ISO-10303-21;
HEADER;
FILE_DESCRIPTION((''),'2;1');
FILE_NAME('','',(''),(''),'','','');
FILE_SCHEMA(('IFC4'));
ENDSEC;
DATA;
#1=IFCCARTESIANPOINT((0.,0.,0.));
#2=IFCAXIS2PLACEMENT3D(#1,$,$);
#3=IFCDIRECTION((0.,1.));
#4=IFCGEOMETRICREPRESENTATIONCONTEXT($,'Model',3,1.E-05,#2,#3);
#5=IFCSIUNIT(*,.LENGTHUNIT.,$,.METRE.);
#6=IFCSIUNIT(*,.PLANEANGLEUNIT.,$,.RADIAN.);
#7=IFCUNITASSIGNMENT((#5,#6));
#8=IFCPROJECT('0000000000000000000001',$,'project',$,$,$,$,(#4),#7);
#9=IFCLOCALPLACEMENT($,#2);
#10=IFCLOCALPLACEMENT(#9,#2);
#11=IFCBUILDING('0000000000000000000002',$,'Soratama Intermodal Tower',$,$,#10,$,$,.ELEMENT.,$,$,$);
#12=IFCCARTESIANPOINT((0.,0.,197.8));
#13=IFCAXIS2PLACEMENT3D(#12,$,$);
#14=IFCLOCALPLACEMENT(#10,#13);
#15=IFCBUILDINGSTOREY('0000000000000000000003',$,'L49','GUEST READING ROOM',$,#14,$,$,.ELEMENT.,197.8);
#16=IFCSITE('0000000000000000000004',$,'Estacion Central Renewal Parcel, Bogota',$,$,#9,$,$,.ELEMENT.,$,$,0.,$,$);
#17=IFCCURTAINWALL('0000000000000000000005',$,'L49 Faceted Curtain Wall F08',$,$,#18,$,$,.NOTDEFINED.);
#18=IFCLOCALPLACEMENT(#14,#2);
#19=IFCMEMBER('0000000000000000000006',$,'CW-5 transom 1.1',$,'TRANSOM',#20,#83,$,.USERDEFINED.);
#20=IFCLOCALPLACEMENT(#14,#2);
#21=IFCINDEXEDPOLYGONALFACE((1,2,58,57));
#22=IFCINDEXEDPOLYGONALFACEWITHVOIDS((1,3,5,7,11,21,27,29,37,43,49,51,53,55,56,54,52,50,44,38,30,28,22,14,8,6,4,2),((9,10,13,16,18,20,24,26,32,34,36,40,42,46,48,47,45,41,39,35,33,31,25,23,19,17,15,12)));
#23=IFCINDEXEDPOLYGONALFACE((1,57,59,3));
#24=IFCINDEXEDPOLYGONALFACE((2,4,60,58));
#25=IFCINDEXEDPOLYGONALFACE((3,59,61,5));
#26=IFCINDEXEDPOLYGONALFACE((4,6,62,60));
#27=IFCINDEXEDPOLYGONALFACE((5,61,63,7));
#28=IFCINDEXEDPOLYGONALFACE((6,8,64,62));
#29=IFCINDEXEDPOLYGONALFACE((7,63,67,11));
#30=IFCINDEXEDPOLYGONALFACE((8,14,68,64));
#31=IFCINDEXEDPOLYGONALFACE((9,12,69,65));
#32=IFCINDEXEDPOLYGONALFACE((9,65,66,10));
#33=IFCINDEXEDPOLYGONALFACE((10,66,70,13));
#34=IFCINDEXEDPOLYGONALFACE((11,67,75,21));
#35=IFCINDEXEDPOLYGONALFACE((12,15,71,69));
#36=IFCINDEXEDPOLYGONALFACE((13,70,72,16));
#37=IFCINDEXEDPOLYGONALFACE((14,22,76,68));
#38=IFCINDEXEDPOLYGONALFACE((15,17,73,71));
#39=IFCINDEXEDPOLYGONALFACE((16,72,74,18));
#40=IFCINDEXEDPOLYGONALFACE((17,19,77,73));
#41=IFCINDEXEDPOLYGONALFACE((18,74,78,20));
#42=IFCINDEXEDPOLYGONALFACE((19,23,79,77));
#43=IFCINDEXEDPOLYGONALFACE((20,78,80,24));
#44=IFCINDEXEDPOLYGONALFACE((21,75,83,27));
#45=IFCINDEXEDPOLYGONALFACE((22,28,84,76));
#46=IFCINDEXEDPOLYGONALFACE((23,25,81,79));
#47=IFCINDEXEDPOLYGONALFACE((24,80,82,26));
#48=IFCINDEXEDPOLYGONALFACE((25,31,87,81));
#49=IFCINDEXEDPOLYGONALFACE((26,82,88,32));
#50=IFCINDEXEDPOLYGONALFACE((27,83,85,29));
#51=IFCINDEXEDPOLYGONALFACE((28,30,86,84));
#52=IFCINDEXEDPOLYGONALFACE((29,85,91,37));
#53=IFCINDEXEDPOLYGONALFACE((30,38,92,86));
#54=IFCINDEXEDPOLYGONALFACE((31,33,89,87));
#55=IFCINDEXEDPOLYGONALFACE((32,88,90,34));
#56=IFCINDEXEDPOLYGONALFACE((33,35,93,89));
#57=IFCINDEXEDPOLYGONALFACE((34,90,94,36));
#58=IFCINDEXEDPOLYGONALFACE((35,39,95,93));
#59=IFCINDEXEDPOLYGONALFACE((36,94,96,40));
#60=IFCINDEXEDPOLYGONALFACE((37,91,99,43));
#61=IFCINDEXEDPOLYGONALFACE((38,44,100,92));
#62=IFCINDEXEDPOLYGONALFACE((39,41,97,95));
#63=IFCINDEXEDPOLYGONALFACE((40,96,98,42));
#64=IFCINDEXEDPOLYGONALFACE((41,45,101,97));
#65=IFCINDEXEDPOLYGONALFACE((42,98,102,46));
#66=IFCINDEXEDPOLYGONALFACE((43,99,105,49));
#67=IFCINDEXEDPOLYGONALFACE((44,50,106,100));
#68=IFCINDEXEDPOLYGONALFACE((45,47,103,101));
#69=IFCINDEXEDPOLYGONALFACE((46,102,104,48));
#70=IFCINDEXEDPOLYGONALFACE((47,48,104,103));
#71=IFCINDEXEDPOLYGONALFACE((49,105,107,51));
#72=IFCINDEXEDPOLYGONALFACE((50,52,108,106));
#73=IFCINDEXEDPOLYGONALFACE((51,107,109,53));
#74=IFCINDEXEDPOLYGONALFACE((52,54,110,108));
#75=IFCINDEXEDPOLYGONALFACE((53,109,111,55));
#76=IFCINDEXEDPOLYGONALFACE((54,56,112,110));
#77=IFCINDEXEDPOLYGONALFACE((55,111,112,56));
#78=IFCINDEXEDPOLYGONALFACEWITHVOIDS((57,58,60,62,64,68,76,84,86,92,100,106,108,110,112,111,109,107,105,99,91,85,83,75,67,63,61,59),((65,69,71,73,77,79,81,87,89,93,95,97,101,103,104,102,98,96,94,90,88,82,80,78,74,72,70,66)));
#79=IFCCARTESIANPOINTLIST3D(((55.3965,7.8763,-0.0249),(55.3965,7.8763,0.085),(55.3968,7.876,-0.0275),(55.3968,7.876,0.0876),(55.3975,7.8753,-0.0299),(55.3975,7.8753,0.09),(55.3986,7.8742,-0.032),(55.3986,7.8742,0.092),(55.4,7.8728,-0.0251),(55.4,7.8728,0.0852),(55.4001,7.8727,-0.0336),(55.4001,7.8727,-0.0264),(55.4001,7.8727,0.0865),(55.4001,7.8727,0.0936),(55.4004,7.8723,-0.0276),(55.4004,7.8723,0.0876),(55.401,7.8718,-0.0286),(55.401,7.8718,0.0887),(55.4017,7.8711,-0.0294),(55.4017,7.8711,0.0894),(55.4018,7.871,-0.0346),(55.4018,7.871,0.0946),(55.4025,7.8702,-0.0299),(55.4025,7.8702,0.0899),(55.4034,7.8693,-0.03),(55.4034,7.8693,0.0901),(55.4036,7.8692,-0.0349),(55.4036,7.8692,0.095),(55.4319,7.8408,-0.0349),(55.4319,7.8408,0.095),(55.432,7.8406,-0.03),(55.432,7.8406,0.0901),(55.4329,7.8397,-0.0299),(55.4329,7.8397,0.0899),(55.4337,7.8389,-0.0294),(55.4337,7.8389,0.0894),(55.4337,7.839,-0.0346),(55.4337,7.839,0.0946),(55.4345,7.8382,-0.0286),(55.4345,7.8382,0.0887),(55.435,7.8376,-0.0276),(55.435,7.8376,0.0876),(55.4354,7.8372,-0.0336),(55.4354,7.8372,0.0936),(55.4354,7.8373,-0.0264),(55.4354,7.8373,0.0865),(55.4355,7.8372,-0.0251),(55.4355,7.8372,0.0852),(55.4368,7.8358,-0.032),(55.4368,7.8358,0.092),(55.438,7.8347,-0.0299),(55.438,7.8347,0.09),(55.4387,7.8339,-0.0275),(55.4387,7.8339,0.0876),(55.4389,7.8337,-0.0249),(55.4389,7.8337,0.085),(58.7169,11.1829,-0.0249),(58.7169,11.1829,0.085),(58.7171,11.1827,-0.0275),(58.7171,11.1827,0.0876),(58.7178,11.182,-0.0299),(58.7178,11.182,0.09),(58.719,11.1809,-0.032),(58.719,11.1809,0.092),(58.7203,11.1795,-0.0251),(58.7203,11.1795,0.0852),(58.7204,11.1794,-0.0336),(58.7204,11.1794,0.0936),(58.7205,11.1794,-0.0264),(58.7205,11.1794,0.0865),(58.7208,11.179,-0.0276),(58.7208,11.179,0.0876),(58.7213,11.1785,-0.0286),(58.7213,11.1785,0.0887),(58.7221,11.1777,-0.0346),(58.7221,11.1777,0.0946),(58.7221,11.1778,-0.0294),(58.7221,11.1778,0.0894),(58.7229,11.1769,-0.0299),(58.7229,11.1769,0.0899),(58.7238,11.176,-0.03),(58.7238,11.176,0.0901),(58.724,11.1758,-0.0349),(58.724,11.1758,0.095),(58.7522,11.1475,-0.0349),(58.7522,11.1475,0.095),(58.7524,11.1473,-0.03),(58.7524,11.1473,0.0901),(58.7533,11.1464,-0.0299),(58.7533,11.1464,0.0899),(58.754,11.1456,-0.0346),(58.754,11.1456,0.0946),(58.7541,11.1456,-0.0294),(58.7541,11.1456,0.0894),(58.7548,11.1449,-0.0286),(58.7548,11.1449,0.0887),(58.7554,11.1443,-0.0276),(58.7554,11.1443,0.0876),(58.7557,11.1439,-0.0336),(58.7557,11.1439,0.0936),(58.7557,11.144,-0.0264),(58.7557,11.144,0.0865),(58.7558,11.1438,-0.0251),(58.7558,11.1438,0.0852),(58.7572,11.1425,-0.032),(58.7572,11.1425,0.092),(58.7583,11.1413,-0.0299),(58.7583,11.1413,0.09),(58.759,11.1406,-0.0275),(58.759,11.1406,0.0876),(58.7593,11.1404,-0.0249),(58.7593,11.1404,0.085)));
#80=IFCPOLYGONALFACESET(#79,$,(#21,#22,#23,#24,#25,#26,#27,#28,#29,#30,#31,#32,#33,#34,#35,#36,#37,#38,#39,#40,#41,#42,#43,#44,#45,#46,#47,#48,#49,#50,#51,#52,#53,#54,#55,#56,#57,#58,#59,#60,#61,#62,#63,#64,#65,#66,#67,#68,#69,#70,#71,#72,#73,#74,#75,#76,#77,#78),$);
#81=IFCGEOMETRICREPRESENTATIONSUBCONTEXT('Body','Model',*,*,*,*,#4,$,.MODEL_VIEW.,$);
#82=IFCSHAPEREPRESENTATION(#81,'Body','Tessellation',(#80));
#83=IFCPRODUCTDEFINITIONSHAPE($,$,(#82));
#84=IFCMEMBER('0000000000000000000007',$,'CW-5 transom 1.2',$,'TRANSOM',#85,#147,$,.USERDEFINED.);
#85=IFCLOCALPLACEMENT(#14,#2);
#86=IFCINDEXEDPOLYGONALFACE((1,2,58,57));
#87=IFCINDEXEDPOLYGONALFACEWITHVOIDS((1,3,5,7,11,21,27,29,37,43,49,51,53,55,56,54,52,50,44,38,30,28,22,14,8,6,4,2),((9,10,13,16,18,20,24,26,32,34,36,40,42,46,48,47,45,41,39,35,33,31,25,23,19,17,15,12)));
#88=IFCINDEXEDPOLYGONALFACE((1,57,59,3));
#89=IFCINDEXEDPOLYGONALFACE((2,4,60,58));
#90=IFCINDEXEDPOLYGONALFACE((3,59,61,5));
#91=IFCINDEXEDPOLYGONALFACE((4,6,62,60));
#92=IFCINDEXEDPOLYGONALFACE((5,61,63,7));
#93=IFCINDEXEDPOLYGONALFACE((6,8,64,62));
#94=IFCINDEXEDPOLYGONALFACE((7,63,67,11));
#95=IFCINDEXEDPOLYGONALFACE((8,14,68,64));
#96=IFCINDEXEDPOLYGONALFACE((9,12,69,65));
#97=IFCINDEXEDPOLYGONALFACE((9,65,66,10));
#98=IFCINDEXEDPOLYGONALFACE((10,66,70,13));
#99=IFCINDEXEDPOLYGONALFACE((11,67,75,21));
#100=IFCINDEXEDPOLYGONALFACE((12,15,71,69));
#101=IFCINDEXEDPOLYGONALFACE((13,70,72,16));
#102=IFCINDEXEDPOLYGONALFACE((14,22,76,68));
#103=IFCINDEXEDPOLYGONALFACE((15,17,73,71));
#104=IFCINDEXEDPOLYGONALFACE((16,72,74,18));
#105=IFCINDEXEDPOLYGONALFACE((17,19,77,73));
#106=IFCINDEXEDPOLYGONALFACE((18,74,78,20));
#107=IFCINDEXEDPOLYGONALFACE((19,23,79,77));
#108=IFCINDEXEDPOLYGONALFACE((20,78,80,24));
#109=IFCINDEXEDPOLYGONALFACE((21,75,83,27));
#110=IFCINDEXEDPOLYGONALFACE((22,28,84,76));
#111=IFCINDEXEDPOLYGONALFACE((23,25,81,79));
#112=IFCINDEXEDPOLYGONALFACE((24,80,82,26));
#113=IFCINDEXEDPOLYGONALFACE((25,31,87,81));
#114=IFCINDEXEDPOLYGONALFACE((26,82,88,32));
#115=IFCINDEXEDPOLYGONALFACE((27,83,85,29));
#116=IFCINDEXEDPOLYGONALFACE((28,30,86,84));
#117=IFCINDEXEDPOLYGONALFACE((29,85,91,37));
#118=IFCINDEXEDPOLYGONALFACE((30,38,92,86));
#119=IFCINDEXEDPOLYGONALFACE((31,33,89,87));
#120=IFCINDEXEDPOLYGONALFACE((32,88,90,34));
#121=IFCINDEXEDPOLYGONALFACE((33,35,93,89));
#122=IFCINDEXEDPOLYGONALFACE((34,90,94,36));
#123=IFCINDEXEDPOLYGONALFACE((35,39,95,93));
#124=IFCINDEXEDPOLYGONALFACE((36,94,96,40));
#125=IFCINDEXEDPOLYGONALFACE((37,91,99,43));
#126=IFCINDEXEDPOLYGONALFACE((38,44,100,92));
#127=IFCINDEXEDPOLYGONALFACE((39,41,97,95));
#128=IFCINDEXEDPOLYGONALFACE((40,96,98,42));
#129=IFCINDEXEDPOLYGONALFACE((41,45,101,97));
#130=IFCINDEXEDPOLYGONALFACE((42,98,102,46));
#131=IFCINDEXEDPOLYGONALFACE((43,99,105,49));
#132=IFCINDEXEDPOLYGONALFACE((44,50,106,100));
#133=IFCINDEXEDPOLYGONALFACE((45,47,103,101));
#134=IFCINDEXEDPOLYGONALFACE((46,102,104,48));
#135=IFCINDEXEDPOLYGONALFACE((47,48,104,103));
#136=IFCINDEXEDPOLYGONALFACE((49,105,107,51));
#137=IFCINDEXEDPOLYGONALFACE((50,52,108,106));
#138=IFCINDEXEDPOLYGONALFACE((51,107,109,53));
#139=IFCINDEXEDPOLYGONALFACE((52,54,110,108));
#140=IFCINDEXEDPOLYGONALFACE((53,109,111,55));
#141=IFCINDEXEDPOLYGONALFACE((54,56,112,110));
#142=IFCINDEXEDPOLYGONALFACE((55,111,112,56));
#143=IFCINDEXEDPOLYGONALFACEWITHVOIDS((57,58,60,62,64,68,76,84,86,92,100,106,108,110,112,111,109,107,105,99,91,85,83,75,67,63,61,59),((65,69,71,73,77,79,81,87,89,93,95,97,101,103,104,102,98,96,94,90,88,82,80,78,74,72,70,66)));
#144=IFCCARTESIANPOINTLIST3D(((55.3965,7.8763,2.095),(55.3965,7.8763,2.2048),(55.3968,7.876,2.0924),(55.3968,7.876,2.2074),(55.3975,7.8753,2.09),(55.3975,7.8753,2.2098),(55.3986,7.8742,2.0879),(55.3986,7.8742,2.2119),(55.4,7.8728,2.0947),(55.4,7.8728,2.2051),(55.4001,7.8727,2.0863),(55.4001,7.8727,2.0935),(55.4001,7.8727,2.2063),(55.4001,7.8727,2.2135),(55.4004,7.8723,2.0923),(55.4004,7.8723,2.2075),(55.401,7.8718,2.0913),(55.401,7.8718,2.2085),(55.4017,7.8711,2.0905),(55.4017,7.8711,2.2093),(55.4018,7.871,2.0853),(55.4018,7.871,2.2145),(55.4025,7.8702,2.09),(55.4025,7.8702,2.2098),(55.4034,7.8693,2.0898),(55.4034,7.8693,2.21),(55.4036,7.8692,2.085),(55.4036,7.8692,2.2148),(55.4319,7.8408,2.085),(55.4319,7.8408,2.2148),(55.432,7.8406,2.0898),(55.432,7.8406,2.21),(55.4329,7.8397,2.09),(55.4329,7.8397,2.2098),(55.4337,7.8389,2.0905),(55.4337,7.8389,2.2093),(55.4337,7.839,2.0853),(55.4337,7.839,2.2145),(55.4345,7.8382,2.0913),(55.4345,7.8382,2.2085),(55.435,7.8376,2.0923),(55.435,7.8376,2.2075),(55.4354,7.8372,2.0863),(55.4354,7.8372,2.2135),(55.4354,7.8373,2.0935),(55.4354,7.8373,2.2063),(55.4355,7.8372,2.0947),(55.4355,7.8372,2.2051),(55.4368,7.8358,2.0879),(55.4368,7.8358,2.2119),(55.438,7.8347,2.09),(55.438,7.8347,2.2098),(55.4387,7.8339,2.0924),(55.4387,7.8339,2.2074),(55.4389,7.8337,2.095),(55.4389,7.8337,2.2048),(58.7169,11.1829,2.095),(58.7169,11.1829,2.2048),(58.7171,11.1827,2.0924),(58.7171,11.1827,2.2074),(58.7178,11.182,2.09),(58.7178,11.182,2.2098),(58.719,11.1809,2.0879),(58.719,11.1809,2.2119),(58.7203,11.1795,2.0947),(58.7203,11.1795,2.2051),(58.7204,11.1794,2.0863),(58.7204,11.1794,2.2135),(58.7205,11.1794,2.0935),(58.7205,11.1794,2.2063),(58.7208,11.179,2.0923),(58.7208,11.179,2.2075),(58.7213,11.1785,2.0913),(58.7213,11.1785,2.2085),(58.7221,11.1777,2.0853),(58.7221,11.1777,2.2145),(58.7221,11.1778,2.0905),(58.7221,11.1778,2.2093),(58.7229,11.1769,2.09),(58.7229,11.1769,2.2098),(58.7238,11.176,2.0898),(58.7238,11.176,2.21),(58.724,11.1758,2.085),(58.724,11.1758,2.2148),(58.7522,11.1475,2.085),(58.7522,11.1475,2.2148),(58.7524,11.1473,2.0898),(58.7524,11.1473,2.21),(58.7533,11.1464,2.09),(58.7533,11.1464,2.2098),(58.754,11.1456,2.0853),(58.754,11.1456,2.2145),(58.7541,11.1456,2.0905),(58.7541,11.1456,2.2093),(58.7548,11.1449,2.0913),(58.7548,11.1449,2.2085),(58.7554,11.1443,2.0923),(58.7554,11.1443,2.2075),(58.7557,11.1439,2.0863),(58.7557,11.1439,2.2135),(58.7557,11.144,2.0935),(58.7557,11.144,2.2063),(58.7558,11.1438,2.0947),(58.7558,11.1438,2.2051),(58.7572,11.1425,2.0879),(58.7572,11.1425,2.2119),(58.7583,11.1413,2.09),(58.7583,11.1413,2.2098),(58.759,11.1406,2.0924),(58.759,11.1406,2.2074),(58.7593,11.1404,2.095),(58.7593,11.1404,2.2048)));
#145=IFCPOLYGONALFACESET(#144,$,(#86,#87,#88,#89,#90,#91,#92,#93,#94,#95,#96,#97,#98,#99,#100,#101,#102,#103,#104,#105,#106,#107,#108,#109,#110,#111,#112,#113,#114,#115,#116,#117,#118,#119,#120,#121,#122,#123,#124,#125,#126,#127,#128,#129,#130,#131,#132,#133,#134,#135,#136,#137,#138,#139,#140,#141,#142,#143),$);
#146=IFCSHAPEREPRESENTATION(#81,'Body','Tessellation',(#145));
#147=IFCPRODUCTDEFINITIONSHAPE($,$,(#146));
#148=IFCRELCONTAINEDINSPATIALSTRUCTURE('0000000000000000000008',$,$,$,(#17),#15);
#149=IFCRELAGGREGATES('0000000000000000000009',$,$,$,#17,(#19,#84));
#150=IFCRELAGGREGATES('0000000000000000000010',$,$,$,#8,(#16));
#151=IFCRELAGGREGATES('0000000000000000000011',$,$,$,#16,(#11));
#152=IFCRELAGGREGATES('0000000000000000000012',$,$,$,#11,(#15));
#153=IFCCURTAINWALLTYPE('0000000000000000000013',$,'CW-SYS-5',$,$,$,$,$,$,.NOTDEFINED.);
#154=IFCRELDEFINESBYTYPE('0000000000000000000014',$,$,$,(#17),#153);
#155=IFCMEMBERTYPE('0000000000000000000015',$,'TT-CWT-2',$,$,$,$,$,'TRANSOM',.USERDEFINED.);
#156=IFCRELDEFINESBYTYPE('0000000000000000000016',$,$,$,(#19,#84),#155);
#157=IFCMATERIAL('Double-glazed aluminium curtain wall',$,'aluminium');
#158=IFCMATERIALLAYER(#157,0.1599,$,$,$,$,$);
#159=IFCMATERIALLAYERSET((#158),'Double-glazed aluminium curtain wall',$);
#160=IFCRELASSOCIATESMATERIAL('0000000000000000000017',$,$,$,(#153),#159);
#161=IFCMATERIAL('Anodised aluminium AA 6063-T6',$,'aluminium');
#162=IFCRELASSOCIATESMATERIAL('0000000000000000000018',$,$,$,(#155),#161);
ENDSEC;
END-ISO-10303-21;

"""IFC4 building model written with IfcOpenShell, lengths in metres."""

from ifc_helpers import new_model, si_unit, direction, frame, origin, origin_2d, place, context, subcontext, project, spatial, hollow_rectangle, extrude, material, layer, layer_set, material_profile, profile_set, type_object, element, aggregate, save


model = new_model("IFC4")

# Units and contexts
model_context = context("Model", 3, precision=1e-05, world=origin(), true_north=direction((0.0, 1.0)))
body_context = subcontext(model_context, "Body", "Model", "MODEL_VIEW")
ifc_project = project(units=[si_unit("LENGTHUNIT", "METRE"), si_unit("PLANEANGLEUNIT", "RADIAN")], contexts=[model_context])

# Site, building, storey
site_placement = place(None, origin())
site = spatial("IfcSite", under=ifc_project, at=site_placement, Name="Estacion Central Renewal Parcel, Bogota", CompositionType="ELEMENT", RefElevation=0.0)
building_placement = place(site_placement, origin())
building = spatial("IfcBuilding", under=site, at=building_placement, Name="Soratama Intermodal Tower", CompositionType="ELEMENT")
storey_placement = place(building_placement, frame((0.0, 0.0, 197.8)))
storey = spatial("IfcBuildingStorey", under=building, at=storey_placement, Name="L49", Description="GUEST READING ROOM", CompositionType="ELEMENT", Elevation=197.8)

# Curtain wall, members
ifc_material_1 = material(Name="Double-glazed aluminium curtain wall", Category="aluminium")
ifc_layer_1 = layer(ifc_material_1, 0.1599)
ifc_layer_set_1 = layer_set([ifc_layer_1], Name="Double-glazed aluminium curtain wall")
curtain_wall_type = type_object("IfcCurtainWallType", Name="CW-SYS-5", PredefinedType="NOTDEFINED", material=ifc_layer_set_1)
curtain_wall_placement = place(storey_placement, origin())
curtain_wall = element("IfcCurtainWall", 1, at=curtain_wall_placement, inside=storey, type_object=curtain_wall_type, Name="L49 Faceted Curtain Wall F08", PredefinedType="NOTDEFINED")
ifc_material_2 = material(Name="Anodised aluminium AA 6063-T6", Category="aluminium")
ifc_material_profile_1 = material_profile(ifc_material_2, hollow_rectangle(XDim=0.0601, YDim=0.1299, WallThickness=0.0049, InnerFilletRadius=0.0049, OuterFilletRadius=0.01, at=origin_2d()), Name="CWT130X60X5")
ifc_profile_set_1 = profile_set([ifc_material_profile_1], Name="Anodised aluminium AA 6063-T6")
member_type_1 = type_object("IfcMemberType", Name="TT-CWT-2", ElementType="TRANSOM", PredefinedType="USERDEFINED", material=ifc_profile_set_1)
member_1_placement = place(storey_placement, frame((55.4177, 7.855, 0.03), z_axis=(0.708564, 0.705646, 0.0), x_axis=(-0.705646, 0.708564, 0.0)))
member_1 = element("IfcMember", 2, at=member_1_placement, type_object=member_type_1, Name="CW-5 transom 1.1", ObjectType="TRANSOM", PredefinedType="USERDEFINED", context=body_context, shape_type="SweptSolid", body=[
    extrude(hollow_rectangle(XDim=0.0601, YDim=0.1299, WallThickness=0.0049, InnerFilletRadius=0.0049, OuterFilletRadius=0.01, at=origin_2d()), origin(), (0.0, 0.0, 1.0), 4.686),
])
member_2_placement = place(storey_placement, frame((55.4177, 7.855, 2.1499), z_axis=(0.708564, 0.705646, 0.0), x_axis=(-0.705646, 0.708564, 0.0)))
member_2 = element("IfcMember", 3, at=member_2_placement, type_object=member_type_1, Name="CW-5 transom 1.2", ObjectType="TRANSOM", PredefinedType="USERDEFINED", context=body_context, shape_type="SweptSolid", body=[
    extrude(hollow_rectangle(XDim=0.0601, YDim=0.1299, WallThickness=0.0049, InnerFilletRadius=0.0049, OuterFilletRadius=0.01, at=origin_2d()), origin(), (0.0, 0.0, 1.0), 4.686),
])
aggregate(curtain_wall, [member_1, member_2])

save(model, "model.ifc")
